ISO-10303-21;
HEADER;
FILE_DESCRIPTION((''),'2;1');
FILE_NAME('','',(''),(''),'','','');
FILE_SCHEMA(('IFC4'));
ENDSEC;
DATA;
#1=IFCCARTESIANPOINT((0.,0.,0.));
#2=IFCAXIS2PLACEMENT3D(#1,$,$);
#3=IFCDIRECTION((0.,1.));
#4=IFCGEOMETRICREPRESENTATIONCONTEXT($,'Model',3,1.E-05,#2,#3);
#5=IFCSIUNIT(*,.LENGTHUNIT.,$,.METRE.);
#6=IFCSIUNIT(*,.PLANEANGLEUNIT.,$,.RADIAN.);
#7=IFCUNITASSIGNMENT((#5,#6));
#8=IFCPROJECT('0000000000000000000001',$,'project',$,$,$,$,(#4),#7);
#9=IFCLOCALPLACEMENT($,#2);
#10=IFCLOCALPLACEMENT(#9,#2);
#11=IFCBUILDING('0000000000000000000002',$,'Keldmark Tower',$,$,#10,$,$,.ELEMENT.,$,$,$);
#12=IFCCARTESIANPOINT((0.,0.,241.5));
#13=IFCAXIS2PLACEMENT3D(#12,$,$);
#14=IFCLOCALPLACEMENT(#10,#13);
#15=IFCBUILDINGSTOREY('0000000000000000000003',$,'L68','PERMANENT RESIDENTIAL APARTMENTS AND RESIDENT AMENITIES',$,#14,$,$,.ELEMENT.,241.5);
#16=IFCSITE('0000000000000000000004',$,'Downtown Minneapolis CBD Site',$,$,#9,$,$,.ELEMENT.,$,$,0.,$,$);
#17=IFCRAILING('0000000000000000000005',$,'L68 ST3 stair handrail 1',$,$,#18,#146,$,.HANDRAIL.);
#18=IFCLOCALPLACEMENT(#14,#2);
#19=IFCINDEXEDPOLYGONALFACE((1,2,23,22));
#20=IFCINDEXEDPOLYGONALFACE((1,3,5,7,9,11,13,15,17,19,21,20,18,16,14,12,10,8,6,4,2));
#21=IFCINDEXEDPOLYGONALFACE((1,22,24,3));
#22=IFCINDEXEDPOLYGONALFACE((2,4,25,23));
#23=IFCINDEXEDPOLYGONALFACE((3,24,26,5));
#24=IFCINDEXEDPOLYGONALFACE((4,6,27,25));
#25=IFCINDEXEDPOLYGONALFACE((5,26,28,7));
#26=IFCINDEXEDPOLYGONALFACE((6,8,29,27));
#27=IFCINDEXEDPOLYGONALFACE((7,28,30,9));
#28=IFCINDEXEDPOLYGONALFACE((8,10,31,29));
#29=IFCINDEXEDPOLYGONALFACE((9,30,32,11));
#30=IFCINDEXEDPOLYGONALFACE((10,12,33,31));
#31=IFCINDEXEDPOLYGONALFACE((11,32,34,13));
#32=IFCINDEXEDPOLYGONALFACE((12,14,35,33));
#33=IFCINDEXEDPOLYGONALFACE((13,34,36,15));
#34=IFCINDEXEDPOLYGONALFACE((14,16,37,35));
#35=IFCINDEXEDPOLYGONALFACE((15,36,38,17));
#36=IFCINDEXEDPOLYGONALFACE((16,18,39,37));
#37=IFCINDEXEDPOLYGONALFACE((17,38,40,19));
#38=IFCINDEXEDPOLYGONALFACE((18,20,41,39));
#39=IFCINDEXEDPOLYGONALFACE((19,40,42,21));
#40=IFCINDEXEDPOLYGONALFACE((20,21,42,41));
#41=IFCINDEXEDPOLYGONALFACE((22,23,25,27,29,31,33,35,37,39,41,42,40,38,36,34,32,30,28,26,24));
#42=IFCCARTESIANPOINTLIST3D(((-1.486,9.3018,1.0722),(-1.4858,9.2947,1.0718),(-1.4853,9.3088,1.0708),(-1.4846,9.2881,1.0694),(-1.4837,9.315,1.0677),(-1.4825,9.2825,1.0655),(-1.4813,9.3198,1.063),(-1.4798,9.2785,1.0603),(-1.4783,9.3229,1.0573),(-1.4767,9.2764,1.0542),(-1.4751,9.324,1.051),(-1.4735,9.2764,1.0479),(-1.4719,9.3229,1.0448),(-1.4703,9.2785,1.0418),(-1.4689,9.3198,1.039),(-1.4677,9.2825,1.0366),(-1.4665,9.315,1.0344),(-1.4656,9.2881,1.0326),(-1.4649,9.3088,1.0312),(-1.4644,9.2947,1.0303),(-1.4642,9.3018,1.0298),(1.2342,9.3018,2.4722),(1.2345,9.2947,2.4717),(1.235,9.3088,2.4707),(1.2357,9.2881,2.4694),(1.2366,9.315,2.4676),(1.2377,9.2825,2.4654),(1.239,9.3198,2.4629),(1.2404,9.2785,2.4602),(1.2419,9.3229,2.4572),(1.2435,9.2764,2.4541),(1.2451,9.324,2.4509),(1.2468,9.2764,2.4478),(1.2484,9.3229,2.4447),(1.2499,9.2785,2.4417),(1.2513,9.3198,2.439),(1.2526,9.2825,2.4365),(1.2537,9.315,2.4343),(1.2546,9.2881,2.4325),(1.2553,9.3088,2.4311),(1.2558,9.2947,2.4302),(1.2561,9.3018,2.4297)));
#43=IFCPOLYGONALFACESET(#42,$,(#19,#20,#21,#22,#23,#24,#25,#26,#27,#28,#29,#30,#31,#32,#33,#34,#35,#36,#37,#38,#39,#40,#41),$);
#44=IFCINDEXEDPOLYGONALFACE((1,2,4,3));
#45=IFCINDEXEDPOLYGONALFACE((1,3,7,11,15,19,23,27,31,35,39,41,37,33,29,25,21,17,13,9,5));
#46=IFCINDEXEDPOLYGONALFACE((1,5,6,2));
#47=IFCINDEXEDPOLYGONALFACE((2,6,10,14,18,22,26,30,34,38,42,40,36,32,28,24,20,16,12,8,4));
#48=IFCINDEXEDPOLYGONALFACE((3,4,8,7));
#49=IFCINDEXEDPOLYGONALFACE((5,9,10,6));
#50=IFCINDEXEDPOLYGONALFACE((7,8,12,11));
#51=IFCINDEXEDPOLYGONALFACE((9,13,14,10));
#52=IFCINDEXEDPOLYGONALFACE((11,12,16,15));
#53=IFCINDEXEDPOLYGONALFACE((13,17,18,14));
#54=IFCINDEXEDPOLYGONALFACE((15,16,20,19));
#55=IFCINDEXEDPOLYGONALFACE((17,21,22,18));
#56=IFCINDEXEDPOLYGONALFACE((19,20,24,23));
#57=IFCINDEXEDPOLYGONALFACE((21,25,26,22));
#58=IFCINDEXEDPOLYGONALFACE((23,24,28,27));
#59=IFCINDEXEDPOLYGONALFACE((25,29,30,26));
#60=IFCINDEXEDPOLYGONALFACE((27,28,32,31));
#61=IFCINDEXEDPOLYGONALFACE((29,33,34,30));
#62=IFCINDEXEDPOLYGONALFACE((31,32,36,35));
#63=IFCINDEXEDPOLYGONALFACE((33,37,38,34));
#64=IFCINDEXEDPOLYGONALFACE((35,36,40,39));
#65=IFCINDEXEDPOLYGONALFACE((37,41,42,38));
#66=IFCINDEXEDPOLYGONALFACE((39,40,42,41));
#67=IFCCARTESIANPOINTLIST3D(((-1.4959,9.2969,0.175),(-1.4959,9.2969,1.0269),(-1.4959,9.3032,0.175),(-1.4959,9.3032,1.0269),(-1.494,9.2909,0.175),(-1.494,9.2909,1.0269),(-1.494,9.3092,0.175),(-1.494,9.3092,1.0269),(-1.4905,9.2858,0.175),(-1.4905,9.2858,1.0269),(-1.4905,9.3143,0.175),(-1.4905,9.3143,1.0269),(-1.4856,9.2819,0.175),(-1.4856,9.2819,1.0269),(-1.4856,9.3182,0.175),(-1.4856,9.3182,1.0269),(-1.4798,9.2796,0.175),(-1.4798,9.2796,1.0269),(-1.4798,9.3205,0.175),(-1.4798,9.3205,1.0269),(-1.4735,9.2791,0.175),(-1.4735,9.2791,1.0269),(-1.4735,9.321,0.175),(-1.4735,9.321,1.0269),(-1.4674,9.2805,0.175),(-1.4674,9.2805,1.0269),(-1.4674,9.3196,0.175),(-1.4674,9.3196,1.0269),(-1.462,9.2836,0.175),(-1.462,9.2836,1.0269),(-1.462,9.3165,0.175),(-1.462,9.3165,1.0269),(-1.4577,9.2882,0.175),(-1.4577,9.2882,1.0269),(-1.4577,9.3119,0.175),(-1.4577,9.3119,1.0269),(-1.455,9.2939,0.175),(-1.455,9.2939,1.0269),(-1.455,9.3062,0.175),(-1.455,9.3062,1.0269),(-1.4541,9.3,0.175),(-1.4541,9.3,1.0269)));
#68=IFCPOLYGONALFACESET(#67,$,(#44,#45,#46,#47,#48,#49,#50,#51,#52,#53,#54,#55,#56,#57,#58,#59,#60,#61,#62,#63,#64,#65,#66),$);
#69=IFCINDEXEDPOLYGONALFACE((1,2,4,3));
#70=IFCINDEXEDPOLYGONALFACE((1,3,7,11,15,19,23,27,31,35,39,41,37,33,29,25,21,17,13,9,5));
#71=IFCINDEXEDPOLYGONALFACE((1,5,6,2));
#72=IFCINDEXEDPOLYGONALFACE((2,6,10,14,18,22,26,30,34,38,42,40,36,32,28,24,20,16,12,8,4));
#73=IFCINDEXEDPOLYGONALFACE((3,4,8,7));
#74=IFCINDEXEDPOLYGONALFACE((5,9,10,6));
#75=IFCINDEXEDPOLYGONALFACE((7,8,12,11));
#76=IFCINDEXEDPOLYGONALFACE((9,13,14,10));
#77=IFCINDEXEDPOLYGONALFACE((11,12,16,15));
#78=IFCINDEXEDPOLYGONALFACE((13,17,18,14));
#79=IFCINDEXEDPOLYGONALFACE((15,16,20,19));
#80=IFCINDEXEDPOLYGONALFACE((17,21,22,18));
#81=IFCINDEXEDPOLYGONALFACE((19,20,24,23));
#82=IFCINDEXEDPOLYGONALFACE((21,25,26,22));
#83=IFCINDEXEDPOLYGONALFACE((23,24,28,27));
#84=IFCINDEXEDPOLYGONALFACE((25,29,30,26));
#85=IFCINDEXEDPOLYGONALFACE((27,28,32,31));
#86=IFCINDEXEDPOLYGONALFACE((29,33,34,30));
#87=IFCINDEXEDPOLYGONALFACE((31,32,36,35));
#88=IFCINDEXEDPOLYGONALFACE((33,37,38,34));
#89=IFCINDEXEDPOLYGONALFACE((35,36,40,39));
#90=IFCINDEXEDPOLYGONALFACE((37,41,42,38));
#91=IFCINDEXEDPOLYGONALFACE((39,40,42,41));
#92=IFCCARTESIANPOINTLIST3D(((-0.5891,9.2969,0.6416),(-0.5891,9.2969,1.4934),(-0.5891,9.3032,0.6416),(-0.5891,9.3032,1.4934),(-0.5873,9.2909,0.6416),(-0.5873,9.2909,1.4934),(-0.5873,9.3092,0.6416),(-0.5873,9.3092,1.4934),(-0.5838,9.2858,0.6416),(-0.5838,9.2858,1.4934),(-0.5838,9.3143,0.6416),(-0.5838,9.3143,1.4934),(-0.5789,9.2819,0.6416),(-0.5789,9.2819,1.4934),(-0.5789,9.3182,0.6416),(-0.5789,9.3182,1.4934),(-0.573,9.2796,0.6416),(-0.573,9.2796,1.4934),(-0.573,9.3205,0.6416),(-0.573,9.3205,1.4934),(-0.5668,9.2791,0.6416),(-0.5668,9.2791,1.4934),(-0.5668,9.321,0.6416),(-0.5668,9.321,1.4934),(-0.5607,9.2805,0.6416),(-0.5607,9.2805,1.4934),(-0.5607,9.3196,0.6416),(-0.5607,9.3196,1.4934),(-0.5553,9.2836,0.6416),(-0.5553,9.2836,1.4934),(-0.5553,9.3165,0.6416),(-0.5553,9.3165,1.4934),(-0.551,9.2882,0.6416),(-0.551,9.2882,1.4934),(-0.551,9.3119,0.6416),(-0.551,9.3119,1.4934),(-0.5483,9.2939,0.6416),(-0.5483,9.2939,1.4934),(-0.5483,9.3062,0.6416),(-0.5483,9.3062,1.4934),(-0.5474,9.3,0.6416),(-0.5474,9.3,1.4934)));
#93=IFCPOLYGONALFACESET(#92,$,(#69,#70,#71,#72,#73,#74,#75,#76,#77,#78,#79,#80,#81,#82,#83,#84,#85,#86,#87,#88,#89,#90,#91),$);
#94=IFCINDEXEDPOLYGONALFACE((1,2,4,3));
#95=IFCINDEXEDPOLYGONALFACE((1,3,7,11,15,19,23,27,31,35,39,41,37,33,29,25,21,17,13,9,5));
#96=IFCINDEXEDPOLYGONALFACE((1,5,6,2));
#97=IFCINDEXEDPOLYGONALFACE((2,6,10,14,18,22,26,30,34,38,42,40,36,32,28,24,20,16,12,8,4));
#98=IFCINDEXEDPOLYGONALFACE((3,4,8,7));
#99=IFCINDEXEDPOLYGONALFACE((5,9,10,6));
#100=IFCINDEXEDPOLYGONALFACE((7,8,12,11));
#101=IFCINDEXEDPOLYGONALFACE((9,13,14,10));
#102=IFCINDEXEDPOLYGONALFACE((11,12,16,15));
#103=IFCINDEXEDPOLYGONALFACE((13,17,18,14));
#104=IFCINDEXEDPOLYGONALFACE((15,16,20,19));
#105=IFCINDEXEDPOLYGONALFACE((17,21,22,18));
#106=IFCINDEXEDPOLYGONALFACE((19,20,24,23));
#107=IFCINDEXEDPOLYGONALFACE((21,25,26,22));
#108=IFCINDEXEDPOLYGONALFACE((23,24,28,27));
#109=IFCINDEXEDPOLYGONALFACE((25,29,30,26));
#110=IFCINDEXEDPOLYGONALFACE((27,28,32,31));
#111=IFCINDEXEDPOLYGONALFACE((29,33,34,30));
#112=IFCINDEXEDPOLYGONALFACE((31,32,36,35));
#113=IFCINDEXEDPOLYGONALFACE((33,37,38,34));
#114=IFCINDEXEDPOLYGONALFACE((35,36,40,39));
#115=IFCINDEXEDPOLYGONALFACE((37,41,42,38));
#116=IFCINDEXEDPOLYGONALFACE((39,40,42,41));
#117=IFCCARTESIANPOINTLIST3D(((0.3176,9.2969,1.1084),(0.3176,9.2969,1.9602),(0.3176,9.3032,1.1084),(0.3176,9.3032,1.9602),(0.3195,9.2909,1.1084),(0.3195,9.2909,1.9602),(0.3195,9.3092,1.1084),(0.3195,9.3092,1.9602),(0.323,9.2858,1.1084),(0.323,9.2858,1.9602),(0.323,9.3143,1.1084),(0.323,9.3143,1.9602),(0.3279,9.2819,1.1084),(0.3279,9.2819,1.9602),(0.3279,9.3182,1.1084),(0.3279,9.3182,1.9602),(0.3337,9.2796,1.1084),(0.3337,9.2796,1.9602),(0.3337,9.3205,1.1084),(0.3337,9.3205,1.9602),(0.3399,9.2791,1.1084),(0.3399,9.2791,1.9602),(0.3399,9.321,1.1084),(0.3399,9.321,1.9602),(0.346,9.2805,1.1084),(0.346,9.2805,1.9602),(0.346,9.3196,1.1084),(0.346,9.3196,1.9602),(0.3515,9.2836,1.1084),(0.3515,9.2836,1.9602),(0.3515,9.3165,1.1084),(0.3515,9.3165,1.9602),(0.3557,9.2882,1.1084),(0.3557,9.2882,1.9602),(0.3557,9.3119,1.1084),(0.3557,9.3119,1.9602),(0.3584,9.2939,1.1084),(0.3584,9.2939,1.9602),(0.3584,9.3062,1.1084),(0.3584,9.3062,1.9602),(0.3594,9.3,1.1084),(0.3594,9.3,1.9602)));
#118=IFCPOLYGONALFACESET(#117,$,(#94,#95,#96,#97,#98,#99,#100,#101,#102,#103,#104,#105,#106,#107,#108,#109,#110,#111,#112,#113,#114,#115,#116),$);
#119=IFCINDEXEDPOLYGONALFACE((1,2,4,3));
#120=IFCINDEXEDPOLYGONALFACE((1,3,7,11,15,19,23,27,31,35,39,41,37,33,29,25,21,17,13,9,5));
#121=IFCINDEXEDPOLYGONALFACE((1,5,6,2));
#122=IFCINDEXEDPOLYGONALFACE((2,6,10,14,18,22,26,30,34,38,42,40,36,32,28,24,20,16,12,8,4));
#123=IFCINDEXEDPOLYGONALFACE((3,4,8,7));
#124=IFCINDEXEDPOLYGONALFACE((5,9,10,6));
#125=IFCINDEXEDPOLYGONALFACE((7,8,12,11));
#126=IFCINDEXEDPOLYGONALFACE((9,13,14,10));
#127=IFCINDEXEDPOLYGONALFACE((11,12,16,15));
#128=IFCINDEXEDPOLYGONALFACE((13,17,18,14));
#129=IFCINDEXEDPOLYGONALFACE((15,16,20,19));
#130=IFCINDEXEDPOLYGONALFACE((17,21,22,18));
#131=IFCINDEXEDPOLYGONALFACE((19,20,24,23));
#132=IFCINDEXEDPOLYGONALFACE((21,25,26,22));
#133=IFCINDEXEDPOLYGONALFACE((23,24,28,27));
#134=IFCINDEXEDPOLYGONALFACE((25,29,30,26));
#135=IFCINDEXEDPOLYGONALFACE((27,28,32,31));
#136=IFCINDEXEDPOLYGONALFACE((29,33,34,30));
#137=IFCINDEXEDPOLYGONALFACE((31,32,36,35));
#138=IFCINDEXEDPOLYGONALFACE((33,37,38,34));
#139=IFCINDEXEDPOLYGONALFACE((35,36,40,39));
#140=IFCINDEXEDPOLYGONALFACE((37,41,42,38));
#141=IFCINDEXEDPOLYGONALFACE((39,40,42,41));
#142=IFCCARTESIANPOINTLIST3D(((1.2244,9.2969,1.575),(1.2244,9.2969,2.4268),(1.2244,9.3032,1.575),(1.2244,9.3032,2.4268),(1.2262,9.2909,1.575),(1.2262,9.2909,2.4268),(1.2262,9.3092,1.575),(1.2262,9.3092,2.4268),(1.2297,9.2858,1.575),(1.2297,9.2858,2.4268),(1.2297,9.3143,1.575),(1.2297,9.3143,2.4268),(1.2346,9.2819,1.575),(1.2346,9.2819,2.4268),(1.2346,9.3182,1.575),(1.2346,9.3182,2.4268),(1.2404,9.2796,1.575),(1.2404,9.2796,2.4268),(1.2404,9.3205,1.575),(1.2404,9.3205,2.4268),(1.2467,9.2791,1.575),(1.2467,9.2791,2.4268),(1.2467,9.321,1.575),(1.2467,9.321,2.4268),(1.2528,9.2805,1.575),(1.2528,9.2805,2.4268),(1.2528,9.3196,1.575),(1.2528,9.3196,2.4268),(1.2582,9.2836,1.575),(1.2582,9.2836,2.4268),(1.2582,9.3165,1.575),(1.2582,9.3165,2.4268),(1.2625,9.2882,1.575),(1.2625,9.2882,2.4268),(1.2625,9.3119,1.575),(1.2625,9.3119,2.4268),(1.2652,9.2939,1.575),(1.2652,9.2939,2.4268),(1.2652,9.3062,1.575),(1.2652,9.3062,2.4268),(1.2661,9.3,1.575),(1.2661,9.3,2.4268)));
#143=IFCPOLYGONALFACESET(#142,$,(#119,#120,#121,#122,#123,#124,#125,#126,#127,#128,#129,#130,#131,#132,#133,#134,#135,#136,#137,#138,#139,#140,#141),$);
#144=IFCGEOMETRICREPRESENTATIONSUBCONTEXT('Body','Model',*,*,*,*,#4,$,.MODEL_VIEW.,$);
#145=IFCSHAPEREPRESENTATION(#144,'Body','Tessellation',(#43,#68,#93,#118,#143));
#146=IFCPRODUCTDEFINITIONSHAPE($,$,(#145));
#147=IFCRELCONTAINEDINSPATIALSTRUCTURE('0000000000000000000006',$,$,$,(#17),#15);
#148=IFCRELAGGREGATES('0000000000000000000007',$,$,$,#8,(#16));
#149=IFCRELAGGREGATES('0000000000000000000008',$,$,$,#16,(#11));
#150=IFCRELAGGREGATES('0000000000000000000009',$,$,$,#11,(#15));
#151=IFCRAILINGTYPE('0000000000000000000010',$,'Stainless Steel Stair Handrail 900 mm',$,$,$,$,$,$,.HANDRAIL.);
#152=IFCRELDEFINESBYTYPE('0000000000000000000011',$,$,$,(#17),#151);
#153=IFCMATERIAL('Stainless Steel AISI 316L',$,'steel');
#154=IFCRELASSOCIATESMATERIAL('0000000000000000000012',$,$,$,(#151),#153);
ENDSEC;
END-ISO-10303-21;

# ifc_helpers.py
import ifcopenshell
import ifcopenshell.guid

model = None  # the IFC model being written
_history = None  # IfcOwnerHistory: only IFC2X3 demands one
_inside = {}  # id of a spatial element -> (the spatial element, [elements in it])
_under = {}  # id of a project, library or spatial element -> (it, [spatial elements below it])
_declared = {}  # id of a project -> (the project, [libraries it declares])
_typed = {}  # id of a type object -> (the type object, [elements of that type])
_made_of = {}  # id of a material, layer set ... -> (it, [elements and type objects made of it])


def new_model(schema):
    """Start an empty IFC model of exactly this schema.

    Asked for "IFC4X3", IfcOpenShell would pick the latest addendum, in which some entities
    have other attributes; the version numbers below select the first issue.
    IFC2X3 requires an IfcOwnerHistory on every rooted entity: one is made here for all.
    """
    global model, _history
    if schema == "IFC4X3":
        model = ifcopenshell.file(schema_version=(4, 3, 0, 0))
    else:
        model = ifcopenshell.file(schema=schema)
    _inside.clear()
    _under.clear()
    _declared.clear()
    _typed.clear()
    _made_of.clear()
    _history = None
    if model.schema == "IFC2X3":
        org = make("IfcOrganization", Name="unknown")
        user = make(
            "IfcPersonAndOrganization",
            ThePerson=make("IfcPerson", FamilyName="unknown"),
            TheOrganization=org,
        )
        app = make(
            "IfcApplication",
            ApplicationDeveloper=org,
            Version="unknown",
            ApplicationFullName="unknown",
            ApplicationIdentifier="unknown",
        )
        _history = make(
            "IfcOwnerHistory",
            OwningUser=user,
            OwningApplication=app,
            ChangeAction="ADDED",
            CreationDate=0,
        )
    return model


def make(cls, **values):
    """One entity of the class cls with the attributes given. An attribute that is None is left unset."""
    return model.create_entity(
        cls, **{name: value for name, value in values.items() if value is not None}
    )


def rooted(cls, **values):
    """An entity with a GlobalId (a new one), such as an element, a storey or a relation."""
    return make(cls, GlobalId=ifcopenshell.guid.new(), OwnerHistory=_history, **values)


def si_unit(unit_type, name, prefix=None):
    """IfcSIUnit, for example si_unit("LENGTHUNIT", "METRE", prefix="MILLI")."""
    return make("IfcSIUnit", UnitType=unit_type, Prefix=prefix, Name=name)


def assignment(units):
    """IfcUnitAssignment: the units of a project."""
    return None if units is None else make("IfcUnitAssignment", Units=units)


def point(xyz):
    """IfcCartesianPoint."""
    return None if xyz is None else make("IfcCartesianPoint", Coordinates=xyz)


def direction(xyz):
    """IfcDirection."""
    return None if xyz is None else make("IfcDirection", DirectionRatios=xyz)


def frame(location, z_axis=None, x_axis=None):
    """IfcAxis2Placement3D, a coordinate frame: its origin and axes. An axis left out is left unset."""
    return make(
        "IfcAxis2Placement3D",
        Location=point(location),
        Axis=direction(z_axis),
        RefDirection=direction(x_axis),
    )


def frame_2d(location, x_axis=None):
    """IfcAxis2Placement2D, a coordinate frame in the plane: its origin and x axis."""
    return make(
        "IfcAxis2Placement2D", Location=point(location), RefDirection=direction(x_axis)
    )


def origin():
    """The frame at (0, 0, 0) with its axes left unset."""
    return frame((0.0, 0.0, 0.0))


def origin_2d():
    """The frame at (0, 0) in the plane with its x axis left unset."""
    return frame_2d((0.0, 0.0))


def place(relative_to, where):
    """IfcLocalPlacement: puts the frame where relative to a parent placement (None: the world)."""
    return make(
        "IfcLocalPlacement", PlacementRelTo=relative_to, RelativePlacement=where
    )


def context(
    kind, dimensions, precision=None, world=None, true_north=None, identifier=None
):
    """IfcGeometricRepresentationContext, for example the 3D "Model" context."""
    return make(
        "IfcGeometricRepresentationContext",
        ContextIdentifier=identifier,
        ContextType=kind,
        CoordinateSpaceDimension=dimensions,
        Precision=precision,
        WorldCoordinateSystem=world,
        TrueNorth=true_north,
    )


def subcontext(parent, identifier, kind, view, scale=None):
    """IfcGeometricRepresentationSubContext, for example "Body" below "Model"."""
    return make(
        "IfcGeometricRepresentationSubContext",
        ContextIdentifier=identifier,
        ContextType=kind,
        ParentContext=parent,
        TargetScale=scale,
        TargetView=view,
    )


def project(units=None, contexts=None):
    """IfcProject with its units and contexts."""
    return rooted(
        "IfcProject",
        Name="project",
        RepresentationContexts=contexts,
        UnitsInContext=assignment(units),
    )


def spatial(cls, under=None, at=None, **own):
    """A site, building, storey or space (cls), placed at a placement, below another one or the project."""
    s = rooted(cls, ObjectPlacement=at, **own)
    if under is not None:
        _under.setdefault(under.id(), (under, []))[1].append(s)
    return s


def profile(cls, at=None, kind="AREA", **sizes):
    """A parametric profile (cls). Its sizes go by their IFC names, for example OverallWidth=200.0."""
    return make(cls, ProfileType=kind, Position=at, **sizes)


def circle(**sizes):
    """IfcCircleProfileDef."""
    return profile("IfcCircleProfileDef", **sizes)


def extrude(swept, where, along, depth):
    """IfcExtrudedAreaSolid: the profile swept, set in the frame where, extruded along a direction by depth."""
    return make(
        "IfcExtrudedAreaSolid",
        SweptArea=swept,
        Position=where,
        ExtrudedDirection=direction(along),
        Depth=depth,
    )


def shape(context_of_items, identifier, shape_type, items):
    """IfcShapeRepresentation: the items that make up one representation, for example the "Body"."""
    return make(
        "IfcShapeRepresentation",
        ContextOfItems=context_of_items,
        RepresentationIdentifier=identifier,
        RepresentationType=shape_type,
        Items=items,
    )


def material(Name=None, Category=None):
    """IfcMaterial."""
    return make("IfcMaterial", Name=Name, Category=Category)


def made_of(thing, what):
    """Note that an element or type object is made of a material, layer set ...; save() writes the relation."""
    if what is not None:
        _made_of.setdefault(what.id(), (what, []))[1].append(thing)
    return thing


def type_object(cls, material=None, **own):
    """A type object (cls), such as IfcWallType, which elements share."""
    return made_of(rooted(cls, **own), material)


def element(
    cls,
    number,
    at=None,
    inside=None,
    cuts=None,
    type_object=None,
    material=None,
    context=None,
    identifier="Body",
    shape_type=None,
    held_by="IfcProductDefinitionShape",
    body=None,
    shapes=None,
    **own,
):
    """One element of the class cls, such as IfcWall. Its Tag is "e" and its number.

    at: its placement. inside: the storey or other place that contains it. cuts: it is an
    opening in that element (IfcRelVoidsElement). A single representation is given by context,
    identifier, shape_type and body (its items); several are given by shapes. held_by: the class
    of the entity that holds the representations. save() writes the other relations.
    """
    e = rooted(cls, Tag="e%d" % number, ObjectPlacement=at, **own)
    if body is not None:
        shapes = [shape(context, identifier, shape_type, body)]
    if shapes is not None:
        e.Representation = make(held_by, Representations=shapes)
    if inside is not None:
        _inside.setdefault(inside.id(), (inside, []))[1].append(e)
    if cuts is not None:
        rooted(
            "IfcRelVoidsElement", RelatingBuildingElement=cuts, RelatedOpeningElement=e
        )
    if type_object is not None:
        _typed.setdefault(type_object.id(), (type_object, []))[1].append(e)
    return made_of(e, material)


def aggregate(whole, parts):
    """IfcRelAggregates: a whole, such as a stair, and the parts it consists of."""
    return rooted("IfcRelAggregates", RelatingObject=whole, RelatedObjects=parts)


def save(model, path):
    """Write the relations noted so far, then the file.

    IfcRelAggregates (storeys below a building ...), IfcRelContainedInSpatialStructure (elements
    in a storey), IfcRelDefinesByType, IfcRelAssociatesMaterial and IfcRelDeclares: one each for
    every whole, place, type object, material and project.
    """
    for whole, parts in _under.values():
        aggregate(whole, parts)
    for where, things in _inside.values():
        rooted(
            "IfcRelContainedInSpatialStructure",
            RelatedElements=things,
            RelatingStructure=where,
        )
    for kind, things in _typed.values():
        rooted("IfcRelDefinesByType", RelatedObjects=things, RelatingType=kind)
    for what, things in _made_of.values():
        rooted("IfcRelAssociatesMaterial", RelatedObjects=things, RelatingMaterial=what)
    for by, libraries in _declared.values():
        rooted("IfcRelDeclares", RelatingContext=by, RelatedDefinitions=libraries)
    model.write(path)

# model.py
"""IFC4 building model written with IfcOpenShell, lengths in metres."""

from ifc_helpers import new_model, si_unit, direction, frame, origin, origin_2d, place, context, subcontext, project, spatial, circle, extrude, material, type_object, element, save


model = new_model("IFC4")

# Units and contexts
model_context = context("Model", 3, precision=1e-05, world=origin(), true_north=direction((0.0, 1.0)))
body_context = subcontext(model_context, "Body", "Model", "MODEL_VIEW")
ifc_project = project(units=[si_unit("LENGTHUNIT", "METRE"), si_unit("PLANEANGLEUNIT", "RADIAN")], contexts=[model_context])

# Site, building, storey
site_placement = place(None, origin())
site = spatial("IfcSite", under=ifc_project, at=site_placement, Name="Downtown Minneapolis CBD Site", CompositionType="ELEMENT", RefElevation=0.0)
building_placement = place(site_placement, origin())
building = spatial("IfcBuilding", under=site, at=building_placement, Name="Keldmark Tower", CompositionType="ELEMENT")
storey_placement = place(building_placement, frame((0.0, 0.0, 241.5)))
storey = spatial("IfcBuildingStorey", under=building, at=storey_placement, Name="L68", Description="PERMANENT RESIDENTIAL APARTMENTS AND RESIDENT AMENITIES", CompositionType="ELEMENT", Elevation=241.5)

# Railing
ifc_material_1 = material(Name="Stainless Steel AISI 316L", Category="steel")
railing_type_1 = type_object("IfcRailingType", Name="Stainless Steel Stair Handrail 900 mm", PredefinedType="HANDRAIL", material=ifc_material_1)
railing_1_placement = place(storey_placement, frame((-1.4751, 9.3, 0.175)))
element("IfcRailing", 1, at=railing_1_placement, inside=storey, type_object=railing_type_1, Name="L68 ST3 stair handrail 1", PredefinedType="HANDRAIL", context=body_context, shape_type="SweptSolid", body=[
    extrude(circle(Radius=0.0239, at=origin_2d()), frame((0.0, 0.0, 0.876), z_axis=(0.889164, 0.0, 0.45759), x_axis=(0.0, 1.0, 0.0)), (0.0, 0.0, 1.0), 3.0593),
    extrude(circle(Radius=0.021, at=origin_2d()), origin(), (0.0, 0.0, 1.0), 0.8518),
    extrude(circle(Radius=0.021, at=origin_2d()), frame((0.9067, 0.0, 0.4666)), (0.0, 0.0, 1.0), 0.8518),
    extrude(circle(Radius=0.021, at=origin_2d()), frame((1.8135, 0.0, 0.9333)), (0.0, 0.0, 1.0), 0.8518),
    extrude(circle(Radius=0.021, at=origin_2d()), frame((2.7202, 0.0, 1.3999)), (0.0, 0.0, 1.0), 0.8518),
])

save(model, "model.ifc")
